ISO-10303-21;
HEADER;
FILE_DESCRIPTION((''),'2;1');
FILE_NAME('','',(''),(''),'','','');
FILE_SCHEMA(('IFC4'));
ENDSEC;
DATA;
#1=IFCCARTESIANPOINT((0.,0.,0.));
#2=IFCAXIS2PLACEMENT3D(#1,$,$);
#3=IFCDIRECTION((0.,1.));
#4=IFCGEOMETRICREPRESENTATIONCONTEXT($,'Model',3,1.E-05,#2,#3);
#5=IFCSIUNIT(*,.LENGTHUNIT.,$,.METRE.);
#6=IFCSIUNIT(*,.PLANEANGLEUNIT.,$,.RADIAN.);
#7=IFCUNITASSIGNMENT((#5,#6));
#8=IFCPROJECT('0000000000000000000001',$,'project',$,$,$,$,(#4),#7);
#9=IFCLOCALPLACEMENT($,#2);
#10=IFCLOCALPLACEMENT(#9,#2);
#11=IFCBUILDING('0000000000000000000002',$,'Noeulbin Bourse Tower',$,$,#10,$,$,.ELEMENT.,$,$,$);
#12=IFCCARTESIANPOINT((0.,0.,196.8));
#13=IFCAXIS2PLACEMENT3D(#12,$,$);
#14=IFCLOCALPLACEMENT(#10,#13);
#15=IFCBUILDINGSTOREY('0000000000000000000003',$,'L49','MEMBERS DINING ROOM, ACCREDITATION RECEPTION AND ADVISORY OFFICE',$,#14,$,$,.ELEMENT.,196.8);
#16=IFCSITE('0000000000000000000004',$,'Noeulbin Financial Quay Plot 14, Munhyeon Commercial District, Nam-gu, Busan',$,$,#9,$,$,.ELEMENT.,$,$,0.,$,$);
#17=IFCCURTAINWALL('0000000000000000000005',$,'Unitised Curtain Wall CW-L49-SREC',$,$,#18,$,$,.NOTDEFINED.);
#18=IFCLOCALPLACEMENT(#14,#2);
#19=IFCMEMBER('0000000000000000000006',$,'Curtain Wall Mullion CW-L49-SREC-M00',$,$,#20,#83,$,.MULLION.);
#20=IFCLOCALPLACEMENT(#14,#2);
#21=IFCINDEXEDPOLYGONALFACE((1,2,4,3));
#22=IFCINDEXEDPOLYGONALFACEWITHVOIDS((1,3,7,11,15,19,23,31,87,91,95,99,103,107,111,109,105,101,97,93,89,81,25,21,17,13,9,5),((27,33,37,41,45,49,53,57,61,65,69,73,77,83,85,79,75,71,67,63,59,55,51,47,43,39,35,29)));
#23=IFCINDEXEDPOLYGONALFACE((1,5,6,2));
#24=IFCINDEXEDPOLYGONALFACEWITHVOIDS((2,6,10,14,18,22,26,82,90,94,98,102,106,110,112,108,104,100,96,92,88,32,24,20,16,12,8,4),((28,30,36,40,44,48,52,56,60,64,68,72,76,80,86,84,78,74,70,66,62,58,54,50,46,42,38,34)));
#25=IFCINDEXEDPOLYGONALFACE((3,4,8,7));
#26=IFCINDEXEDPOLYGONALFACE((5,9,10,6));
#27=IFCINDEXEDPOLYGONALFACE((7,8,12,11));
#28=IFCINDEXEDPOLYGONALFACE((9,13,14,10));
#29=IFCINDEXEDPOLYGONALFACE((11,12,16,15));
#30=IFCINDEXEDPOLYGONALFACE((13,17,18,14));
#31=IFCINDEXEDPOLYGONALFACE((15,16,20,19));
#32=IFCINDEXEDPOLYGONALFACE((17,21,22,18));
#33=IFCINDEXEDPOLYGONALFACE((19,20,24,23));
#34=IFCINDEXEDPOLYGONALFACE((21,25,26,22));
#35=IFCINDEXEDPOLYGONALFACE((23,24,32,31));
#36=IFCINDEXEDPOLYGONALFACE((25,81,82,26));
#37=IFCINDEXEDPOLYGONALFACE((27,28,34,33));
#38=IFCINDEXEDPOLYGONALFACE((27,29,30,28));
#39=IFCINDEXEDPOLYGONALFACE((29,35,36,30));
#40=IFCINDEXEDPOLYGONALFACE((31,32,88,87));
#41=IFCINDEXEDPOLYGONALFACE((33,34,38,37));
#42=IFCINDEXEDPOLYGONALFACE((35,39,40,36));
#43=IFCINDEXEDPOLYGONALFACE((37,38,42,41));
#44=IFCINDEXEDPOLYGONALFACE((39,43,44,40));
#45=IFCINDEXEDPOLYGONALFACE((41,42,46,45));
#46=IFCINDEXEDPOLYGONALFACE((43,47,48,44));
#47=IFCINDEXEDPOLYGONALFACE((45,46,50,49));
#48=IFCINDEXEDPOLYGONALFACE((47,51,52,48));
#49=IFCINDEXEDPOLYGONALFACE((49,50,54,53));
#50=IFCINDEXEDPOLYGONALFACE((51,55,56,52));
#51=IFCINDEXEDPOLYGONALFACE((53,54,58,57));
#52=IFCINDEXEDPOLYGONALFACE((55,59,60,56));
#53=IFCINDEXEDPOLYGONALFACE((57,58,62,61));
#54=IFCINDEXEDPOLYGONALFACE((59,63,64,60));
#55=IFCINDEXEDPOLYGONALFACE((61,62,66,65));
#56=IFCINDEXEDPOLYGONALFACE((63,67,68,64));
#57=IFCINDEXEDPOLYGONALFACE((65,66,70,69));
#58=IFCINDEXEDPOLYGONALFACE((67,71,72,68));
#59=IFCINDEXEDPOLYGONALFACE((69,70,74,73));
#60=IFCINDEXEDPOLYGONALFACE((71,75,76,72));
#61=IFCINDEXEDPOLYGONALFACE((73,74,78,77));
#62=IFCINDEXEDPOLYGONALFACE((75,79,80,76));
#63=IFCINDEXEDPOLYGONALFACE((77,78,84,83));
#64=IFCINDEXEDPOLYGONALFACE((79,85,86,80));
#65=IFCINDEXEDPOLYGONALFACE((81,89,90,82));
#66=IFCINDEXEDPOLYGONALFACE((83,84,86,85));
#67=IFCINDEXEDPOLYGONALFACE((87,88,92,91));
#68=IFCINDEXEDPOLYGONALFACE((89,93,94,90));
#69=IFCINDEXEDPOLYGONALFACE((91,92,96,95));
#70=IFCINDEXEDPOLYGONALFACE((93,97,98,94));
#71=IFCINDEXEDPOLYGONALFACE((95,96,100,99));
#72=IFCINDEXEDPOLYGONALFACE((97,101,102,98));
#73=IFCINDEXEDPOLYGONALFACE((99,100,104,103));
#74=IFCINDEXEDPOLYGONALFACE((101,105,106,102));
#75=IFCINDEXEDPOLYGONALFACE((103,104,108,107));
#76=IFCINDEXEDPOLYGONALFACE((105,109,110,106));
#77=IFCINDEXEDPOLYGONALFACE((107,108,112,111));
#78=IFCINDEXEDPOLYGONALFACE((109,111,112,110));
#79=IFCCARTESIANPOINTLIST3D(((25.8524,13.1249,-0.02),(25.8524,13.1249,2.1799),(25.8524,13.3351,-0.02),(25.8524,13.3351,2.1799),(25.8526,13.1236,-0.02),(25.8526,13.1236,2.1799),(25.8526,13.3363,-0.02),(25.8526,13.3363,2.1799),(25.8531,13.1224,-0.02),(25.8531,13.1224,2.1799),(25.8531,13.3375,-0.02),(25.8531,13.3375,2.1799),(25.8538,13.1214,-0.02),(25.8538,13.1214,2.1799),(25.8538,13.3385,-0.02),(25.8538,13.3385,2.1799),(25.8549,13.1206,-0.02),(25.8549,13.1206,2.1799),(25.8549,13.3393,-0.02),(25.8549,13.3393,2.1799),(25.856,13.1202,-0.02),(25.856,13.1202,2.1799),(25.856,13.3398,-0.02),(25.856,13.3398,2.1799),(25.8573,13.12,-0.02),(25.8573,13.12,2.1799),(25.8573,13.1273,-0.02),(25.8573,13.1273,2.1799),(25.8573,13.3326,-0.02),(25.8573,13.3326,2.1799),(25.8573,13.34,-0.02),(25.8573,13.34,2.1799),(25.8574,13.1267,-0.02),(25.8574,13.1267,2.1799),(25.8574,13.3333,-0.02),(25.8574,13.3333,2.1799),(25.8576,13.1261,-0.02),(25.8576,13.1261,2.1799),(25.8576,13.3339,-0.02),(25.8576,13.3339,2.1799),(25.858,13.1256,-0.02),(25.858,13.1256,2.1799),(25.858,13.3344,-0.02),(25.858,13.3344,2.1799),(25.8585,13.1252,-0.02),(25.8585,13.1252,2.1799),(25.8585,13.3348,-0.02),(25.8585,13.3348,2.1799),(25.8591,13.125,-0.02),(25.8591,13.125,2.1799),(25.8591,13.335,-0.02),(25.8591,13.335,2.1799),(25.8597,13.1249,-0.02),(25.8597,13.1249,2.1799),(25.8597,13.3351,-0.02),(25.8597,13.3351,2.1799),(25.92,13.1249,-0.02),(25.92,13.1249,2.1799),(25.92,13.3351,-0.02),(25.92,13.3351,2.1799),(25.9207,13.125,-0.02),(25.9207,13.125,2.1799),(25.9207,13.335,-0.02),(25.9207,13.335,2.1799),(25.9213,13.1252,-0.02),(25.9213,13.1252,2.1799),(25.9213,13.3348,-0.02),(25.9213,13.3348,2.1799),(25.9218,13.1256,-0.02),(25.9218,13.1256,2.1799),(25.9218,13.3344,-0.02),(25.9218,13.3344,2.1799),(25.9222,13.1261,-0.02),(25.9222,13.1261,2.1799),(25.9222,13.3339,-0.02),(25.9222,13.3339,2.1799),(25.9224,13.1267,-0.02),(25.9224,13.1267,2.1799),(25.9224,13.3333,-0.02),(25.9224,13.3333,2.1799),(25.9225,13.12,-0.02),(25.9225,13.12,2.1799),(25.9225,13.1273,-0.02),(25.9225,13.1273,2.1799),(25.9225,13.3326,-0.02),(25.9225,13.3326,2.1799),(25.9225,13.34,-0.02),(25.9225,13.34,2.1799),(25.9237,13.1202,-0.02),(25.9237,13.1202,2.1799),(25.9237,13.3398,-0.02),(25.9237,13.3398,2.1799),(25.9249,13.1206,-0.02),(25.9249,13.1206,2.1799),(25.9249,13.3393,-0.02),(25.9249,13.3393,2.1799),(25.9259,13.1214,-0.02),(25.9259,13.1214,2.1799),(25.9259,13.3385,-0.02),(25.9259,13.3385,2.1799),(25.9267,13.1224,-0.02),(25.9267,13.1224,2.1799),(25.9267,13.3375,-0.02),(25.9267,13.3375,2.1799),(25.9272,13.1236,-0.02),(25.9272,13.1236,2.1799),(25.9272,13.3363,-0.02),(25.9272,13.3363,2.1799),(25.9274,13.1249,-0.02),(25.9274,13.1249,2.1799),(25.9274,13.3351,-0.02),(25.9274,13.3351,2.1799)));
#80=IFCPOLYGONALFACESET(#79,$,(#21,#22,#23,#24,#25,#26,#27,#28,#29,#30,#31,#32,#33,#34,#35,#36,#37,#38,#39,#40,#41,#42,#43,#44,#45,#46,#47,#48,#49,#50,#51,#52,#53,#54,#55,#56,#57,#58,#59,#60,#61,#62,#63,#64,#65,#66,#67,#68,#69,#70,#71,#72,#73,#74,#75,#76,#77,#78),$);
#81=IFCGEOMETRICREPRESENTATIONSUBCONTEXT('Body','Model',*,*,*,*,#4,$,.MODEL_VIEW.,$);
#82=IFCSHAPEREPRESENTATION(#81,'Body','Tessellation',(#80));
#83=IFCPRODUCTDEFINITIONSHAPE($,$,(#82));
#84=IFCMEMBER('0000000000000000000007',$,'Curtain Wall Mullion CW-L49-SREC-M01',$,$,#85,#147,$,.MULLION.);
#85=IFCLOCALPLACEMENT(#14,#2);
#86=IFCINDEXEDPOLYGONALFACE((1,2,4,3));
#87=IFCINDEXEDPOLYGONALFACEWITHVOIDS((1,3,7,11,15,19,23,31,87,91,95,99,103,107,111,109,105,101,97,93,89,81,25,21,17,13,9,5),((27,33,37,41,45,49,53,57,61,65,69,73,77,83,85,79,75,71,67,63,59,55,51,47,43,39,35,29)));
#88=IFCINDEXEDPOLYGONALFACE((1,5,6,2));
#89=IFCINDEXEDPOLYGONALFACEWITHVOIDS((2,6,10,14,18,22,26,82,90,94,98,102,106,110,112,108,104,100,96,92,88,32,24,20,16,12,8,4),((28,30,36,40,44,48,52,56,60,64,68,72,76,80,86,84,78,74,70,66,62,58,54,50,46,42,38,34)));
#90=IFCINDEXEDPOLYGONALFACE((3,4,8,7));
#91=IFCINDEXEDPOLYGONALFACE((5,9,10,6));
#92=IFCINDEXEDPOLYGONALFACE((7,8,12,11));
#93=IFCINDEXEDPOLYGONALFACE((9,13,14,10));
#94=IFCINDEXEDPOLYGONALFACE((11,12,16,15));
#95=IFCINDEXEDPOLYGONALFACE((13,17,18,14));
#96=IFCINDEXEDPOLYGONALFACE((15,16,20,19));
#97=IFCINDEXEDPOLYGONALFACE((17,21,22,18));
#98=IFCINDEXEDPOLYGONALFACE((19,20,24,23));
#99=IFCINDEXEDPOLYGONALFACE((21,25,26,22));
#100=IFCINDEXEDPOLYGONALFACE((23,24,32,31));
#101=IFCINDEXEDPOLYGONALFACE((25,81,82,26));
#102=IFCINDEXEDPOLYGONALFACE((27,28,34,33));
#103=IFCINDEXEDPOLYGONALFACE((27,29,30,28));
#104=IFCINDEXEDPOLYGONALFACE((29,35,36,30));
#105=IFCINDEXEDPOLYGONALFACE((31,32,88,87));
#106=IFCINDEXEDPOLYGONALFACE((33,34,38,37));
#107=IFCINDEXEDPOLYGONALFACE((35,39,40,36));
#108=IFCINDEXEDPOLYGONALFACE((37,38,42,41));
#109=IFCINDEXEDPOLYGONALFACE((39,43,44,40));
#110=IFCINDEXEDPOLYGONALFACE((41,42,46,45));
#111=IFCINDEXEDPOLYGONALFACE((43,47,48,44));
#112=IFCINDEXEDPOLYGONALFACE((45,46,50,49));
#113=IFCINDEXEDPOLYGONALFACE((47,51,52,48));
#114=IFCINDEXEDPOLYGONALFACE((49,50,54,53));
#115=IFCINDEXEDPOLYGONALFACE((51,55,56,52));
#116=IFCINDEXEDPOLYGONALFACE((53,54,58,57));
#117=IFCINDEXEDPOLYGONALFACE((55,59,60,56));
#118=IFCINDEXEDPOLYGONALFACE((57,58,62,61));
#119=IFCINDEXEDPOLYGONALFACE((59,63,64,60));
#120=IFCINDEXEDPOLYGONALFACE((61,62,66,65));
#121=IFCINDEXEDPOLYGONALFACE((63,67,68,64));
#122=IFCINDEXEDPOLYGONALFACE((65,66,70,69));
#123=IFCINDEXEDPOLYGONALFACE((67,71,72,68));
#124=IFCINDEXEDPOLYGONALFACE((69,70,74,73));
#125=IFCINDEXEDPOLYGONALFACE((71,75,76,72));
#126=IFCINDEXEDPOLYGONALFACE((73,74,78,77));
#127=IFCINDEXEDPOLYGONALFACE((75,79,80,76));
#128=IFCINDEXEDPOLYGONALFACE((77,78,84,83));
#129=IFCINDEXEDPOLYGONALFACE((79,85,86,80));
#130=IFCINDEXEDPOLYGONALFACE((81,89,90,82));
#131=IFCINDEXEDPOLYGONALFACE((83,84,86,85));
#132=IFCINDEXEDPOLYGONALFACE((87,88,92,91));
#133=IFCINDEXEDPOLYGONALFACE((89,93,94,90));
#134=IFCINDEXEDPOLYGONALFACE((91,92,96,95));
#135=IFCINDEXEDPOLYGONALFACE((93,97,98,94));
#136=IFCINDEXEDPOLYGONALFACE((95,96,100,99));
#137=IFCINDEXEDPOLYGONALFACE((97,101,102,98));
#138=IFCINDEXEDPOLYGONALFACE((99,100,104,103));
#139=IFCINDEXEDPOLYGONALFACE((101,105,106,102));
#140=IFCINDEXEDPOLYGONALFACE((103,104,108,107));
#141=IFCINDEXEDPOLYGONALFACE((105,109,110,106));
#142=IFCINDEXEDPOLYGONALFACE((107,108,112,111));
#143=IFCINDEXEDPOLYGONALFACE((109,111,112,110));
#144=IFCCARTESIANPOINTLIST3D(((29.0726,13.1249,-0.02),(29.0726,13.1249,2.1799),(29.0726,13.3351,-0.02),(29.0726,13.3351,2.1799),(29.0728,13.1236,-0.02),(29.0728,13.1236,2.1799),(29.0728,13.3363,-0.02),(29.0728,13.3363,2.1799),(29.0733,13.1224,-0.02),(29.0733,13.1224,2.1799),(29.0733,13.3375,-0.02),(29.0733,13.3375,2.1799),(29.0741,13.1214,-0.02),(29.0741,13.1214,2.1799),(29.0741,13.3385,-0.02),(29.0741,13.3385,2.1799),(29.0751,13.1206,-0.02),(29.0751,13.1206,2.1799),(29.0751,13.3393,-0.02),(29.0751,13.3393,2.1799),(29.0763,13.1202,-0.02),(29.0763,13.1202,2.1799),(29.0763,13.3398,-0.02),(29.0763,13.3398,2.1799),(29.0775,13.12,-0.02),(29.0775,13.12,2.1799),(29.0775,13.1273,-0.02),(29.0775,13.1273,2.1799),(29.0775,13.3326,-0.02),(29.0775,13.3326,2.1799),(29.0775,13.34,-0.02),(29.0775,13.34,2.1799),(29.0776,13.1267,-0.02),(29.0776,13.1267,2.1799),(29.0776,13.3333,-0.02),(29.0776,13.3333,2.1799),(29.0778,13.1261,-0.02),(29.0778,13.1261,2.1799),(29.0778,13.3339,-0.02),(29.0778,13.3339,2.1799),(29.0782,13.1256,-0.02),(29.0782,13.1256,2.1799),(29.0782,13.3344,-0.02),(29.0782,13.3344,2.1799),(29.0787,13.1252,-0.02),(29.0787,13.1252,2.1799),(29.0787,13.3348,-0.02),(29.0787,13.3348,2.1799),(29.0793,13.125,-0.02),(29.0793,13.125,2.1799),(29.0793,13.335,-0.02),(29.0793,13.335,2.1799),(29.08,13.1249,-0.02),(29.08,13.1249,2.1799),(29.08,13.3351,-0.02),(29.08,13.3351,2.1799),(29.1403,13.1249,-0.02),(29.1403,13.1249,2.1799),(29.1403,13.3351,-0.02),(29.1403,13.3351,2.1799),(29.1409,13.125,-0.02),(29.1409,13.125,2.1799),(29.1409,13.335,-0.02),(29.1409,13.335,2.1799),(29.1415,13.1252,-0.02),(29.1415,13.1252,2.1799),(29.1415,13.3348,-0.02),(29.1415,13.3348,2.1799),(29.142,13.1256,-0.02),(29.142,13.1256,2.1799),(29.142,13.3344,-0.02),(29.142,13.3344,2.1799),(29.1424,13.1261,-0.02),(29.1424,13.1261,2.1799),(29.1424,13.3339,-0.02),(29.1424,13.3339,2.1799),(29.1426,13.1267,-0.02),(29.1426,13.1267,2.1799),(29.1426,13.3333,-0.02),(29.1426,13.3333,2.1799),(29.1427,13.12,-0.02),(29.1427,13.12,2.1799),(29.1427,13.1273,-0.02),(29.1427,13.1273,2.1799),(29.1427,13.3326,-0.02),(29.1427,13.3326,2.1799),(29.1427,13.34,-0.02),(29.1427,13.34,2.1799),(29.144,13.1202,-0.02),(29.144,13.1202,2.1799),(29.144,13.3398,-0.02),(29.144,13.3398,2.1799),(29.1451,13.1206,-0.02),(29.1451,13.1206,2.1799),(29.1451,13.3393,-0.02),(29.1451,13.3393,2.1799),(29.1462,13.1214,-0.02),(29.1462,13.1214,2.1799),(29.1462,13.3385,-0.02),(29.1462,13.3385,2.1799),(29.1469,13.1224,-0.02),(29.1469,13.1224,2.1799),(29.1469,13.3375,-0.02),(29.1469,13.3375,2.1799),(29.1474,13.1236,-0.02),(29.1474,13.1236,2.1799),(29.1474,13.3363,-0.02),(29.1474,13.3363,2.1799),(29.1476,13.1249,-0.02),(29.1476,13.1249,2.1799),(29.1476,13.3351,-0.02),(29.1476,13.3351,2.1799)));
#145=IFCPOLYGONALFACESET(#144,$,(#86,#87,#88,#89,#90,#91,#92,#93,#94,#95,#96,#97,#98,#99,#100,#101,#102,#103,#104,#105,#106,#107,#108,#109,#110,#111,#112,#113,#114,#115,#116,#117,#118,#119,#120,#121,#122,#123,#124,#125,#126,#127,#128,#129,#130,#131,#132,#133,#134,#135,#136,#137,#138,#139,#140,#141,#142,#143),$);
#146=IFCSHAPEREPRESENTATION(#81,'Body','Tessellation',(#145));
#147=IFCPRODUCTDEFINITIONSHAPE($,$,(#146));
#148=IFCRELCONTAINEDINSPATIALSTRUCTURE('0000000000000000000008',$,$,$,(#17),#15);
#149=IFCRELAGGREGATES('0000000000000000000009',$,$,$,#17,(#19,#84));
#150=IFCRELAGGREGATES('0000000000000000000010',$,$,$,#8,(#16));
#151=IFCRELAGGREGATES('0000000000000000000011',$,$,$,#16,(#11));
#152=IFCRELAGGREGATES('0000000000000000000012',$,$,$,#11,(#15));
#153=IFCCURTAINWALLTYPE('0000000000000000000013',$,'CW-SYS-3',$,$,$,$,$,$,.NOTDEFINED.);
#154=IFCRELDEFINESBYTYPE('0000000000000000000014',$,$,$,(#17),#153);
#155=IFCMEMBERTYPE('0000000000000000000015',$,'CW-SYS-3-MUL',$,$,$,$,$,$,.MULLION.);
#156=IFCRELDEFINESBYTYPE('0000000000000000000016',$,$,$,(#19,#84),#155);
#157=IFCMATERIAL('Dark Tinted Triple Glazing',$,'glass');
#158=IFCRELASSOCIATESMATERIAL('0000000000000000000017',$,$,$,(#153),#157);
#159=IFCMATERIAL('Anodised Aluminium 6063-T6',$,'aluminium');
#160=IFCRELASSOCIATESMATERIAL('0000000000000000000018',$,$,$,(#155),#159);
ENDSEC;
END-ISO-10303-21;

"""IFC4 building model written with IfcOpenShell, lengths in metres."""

from ifc_helpers import new_model, si_unit, direction, frame, origin, origin_2d, place, context, subcontext, project, spatial, hollow_rectangle, extrude, material, material_profile, profile_set, type_object, element, aggregate, save


model = new_model("IFC4")

# Units and contexts
model_context = context("Model", 3, precision=1e-05, world=origin(), true_north=direction((0.0, 1.0)))
body_context = subcontext(model_context, "Body", "Model", "MODEL_VIEW")
ifc_project = project(units=[si_unit("LENGTHUNIT", "METRE"), si_unit("PLANEANGLEUNIT", "RADIAN")], contexts=[model_context])

# Site, building, storey
site_placement = place(None, origin())
site = spatial("IfcSite", under=ifc_project, at=site_placement, Name="Noeulbin Financial Quay Plot 14, Munhyeon Commercial District, Nam-gu, Busan", CompositionType="ELEMENT", RefElevation=0.0)
building_placement = place(site_placement, origin())
building = spatial("IfcBuilding", under=site, at=building_placement, Name="Noeulbin Bourse Tower", CompositionType="ELEMENT")
storey_placement = place(building_placement, frame((0.0, 0.0, 196.8)))
storey = spatial("IfcBuildingStorey", under=building, at=storey_placement, Name="L49", Description="MEMBERS DINING ROOM, ACCREDITATION RECEPTION AND ADVISORY OFFICE", CompositionType="ELEMENT", Elevation=196.8)

# Curtain wall, members
ifc_material_1 = material(Name="Dark Tinted Triple Glazing", Category="glass")
curtain_wall_type = type_object("IfcCurtainWallType", Name="CW-SYS-3", PredefinedType="NOTDEFINED", material=ifc_material_1)
curtain_wall_placement = place(storey_placement, origin())
curtain_wall = element("IfcCurtainWall", 1, at=curtain_wall_placement, inside=storey, type_object=curtain_wall_type, Name="Unitised Curtain Wall CW-L49-SREC", PredefinedType="NOTDEFINED")
ifc_material_2 = material(Name="Anodised Aluminium 6063-T6", Category="aluminium")
ifc_material_profile_1 = material_profile(ifc_material_2, hollow_rectangle(XDim=0.075, YDim=0.22, WallThickness=0.0049, InnerFilletRadius=0.0024, OuterFilletRadius=0.0049, at=origin_2d()), Name="ALU-MULL-75x220x5", Category="LoadBearing")
ifc_profile_set_1 = profile_set([ifc_material_profile_1], Name="Anodised Aluminium 6063-T6")
member_type_1 = type_object("IfcMemberType", Name="CW-SYS-3-MUL", PredefinedType="MULLION", material=ifc_profile_set_1)
member_1_placement = place(storey_placement, frame((25.8899, 13.23, -0.02), z_axis=(0.0, 0.0, 1.0), x_axis=(1.0, 0.0, 0.0)))
member_1 = element("IfcMember", 2, at=member_1_placement, type_object=member_type_1, Name="Curtain Wall Mullion CW-L49-SREC-M00", PredefinedType="MULLION", context=body_context, shape_type="SweptSolid", body=[
    extrude(hollow_rectangle(XDim=0.075, YDim=0.22, WallThickness=0.0049, InnerFilletRadius=0.0024, OuterFilletRadius=0.0049, at=origin_2d()), origin(), (0.0, 0.0, 1.0), 2.2),
])
member_2_placement = place(storey_placement, frame((29.1101, 13.23, -0.02), z_axis=(0.0, 0.0, 1.0), x_axis=(1.0, 0.0, 0.0)))
member_2 = element("IfcMember", 3, at=member_2_placement, type_object=member_type_1, Name="Curtain Wall Mullion CW-L49-SREC-M01", PredefinedType="MULLION", context=body_context, shape_type="SweptSolid", body=[
    extrude(hollow_rectangle(XDim=0.075, YDim=0.22, WallThickness=0.0049, InnerFilletRadius=0.0024, OuterFilletRadius=0.0049, at=origin_2d()), origin(), (0.0, 0.0, 1.0), 2.2),
])
aggregate(curtain_wall, [member_1, member_2])

save(model, "model.ifc")
